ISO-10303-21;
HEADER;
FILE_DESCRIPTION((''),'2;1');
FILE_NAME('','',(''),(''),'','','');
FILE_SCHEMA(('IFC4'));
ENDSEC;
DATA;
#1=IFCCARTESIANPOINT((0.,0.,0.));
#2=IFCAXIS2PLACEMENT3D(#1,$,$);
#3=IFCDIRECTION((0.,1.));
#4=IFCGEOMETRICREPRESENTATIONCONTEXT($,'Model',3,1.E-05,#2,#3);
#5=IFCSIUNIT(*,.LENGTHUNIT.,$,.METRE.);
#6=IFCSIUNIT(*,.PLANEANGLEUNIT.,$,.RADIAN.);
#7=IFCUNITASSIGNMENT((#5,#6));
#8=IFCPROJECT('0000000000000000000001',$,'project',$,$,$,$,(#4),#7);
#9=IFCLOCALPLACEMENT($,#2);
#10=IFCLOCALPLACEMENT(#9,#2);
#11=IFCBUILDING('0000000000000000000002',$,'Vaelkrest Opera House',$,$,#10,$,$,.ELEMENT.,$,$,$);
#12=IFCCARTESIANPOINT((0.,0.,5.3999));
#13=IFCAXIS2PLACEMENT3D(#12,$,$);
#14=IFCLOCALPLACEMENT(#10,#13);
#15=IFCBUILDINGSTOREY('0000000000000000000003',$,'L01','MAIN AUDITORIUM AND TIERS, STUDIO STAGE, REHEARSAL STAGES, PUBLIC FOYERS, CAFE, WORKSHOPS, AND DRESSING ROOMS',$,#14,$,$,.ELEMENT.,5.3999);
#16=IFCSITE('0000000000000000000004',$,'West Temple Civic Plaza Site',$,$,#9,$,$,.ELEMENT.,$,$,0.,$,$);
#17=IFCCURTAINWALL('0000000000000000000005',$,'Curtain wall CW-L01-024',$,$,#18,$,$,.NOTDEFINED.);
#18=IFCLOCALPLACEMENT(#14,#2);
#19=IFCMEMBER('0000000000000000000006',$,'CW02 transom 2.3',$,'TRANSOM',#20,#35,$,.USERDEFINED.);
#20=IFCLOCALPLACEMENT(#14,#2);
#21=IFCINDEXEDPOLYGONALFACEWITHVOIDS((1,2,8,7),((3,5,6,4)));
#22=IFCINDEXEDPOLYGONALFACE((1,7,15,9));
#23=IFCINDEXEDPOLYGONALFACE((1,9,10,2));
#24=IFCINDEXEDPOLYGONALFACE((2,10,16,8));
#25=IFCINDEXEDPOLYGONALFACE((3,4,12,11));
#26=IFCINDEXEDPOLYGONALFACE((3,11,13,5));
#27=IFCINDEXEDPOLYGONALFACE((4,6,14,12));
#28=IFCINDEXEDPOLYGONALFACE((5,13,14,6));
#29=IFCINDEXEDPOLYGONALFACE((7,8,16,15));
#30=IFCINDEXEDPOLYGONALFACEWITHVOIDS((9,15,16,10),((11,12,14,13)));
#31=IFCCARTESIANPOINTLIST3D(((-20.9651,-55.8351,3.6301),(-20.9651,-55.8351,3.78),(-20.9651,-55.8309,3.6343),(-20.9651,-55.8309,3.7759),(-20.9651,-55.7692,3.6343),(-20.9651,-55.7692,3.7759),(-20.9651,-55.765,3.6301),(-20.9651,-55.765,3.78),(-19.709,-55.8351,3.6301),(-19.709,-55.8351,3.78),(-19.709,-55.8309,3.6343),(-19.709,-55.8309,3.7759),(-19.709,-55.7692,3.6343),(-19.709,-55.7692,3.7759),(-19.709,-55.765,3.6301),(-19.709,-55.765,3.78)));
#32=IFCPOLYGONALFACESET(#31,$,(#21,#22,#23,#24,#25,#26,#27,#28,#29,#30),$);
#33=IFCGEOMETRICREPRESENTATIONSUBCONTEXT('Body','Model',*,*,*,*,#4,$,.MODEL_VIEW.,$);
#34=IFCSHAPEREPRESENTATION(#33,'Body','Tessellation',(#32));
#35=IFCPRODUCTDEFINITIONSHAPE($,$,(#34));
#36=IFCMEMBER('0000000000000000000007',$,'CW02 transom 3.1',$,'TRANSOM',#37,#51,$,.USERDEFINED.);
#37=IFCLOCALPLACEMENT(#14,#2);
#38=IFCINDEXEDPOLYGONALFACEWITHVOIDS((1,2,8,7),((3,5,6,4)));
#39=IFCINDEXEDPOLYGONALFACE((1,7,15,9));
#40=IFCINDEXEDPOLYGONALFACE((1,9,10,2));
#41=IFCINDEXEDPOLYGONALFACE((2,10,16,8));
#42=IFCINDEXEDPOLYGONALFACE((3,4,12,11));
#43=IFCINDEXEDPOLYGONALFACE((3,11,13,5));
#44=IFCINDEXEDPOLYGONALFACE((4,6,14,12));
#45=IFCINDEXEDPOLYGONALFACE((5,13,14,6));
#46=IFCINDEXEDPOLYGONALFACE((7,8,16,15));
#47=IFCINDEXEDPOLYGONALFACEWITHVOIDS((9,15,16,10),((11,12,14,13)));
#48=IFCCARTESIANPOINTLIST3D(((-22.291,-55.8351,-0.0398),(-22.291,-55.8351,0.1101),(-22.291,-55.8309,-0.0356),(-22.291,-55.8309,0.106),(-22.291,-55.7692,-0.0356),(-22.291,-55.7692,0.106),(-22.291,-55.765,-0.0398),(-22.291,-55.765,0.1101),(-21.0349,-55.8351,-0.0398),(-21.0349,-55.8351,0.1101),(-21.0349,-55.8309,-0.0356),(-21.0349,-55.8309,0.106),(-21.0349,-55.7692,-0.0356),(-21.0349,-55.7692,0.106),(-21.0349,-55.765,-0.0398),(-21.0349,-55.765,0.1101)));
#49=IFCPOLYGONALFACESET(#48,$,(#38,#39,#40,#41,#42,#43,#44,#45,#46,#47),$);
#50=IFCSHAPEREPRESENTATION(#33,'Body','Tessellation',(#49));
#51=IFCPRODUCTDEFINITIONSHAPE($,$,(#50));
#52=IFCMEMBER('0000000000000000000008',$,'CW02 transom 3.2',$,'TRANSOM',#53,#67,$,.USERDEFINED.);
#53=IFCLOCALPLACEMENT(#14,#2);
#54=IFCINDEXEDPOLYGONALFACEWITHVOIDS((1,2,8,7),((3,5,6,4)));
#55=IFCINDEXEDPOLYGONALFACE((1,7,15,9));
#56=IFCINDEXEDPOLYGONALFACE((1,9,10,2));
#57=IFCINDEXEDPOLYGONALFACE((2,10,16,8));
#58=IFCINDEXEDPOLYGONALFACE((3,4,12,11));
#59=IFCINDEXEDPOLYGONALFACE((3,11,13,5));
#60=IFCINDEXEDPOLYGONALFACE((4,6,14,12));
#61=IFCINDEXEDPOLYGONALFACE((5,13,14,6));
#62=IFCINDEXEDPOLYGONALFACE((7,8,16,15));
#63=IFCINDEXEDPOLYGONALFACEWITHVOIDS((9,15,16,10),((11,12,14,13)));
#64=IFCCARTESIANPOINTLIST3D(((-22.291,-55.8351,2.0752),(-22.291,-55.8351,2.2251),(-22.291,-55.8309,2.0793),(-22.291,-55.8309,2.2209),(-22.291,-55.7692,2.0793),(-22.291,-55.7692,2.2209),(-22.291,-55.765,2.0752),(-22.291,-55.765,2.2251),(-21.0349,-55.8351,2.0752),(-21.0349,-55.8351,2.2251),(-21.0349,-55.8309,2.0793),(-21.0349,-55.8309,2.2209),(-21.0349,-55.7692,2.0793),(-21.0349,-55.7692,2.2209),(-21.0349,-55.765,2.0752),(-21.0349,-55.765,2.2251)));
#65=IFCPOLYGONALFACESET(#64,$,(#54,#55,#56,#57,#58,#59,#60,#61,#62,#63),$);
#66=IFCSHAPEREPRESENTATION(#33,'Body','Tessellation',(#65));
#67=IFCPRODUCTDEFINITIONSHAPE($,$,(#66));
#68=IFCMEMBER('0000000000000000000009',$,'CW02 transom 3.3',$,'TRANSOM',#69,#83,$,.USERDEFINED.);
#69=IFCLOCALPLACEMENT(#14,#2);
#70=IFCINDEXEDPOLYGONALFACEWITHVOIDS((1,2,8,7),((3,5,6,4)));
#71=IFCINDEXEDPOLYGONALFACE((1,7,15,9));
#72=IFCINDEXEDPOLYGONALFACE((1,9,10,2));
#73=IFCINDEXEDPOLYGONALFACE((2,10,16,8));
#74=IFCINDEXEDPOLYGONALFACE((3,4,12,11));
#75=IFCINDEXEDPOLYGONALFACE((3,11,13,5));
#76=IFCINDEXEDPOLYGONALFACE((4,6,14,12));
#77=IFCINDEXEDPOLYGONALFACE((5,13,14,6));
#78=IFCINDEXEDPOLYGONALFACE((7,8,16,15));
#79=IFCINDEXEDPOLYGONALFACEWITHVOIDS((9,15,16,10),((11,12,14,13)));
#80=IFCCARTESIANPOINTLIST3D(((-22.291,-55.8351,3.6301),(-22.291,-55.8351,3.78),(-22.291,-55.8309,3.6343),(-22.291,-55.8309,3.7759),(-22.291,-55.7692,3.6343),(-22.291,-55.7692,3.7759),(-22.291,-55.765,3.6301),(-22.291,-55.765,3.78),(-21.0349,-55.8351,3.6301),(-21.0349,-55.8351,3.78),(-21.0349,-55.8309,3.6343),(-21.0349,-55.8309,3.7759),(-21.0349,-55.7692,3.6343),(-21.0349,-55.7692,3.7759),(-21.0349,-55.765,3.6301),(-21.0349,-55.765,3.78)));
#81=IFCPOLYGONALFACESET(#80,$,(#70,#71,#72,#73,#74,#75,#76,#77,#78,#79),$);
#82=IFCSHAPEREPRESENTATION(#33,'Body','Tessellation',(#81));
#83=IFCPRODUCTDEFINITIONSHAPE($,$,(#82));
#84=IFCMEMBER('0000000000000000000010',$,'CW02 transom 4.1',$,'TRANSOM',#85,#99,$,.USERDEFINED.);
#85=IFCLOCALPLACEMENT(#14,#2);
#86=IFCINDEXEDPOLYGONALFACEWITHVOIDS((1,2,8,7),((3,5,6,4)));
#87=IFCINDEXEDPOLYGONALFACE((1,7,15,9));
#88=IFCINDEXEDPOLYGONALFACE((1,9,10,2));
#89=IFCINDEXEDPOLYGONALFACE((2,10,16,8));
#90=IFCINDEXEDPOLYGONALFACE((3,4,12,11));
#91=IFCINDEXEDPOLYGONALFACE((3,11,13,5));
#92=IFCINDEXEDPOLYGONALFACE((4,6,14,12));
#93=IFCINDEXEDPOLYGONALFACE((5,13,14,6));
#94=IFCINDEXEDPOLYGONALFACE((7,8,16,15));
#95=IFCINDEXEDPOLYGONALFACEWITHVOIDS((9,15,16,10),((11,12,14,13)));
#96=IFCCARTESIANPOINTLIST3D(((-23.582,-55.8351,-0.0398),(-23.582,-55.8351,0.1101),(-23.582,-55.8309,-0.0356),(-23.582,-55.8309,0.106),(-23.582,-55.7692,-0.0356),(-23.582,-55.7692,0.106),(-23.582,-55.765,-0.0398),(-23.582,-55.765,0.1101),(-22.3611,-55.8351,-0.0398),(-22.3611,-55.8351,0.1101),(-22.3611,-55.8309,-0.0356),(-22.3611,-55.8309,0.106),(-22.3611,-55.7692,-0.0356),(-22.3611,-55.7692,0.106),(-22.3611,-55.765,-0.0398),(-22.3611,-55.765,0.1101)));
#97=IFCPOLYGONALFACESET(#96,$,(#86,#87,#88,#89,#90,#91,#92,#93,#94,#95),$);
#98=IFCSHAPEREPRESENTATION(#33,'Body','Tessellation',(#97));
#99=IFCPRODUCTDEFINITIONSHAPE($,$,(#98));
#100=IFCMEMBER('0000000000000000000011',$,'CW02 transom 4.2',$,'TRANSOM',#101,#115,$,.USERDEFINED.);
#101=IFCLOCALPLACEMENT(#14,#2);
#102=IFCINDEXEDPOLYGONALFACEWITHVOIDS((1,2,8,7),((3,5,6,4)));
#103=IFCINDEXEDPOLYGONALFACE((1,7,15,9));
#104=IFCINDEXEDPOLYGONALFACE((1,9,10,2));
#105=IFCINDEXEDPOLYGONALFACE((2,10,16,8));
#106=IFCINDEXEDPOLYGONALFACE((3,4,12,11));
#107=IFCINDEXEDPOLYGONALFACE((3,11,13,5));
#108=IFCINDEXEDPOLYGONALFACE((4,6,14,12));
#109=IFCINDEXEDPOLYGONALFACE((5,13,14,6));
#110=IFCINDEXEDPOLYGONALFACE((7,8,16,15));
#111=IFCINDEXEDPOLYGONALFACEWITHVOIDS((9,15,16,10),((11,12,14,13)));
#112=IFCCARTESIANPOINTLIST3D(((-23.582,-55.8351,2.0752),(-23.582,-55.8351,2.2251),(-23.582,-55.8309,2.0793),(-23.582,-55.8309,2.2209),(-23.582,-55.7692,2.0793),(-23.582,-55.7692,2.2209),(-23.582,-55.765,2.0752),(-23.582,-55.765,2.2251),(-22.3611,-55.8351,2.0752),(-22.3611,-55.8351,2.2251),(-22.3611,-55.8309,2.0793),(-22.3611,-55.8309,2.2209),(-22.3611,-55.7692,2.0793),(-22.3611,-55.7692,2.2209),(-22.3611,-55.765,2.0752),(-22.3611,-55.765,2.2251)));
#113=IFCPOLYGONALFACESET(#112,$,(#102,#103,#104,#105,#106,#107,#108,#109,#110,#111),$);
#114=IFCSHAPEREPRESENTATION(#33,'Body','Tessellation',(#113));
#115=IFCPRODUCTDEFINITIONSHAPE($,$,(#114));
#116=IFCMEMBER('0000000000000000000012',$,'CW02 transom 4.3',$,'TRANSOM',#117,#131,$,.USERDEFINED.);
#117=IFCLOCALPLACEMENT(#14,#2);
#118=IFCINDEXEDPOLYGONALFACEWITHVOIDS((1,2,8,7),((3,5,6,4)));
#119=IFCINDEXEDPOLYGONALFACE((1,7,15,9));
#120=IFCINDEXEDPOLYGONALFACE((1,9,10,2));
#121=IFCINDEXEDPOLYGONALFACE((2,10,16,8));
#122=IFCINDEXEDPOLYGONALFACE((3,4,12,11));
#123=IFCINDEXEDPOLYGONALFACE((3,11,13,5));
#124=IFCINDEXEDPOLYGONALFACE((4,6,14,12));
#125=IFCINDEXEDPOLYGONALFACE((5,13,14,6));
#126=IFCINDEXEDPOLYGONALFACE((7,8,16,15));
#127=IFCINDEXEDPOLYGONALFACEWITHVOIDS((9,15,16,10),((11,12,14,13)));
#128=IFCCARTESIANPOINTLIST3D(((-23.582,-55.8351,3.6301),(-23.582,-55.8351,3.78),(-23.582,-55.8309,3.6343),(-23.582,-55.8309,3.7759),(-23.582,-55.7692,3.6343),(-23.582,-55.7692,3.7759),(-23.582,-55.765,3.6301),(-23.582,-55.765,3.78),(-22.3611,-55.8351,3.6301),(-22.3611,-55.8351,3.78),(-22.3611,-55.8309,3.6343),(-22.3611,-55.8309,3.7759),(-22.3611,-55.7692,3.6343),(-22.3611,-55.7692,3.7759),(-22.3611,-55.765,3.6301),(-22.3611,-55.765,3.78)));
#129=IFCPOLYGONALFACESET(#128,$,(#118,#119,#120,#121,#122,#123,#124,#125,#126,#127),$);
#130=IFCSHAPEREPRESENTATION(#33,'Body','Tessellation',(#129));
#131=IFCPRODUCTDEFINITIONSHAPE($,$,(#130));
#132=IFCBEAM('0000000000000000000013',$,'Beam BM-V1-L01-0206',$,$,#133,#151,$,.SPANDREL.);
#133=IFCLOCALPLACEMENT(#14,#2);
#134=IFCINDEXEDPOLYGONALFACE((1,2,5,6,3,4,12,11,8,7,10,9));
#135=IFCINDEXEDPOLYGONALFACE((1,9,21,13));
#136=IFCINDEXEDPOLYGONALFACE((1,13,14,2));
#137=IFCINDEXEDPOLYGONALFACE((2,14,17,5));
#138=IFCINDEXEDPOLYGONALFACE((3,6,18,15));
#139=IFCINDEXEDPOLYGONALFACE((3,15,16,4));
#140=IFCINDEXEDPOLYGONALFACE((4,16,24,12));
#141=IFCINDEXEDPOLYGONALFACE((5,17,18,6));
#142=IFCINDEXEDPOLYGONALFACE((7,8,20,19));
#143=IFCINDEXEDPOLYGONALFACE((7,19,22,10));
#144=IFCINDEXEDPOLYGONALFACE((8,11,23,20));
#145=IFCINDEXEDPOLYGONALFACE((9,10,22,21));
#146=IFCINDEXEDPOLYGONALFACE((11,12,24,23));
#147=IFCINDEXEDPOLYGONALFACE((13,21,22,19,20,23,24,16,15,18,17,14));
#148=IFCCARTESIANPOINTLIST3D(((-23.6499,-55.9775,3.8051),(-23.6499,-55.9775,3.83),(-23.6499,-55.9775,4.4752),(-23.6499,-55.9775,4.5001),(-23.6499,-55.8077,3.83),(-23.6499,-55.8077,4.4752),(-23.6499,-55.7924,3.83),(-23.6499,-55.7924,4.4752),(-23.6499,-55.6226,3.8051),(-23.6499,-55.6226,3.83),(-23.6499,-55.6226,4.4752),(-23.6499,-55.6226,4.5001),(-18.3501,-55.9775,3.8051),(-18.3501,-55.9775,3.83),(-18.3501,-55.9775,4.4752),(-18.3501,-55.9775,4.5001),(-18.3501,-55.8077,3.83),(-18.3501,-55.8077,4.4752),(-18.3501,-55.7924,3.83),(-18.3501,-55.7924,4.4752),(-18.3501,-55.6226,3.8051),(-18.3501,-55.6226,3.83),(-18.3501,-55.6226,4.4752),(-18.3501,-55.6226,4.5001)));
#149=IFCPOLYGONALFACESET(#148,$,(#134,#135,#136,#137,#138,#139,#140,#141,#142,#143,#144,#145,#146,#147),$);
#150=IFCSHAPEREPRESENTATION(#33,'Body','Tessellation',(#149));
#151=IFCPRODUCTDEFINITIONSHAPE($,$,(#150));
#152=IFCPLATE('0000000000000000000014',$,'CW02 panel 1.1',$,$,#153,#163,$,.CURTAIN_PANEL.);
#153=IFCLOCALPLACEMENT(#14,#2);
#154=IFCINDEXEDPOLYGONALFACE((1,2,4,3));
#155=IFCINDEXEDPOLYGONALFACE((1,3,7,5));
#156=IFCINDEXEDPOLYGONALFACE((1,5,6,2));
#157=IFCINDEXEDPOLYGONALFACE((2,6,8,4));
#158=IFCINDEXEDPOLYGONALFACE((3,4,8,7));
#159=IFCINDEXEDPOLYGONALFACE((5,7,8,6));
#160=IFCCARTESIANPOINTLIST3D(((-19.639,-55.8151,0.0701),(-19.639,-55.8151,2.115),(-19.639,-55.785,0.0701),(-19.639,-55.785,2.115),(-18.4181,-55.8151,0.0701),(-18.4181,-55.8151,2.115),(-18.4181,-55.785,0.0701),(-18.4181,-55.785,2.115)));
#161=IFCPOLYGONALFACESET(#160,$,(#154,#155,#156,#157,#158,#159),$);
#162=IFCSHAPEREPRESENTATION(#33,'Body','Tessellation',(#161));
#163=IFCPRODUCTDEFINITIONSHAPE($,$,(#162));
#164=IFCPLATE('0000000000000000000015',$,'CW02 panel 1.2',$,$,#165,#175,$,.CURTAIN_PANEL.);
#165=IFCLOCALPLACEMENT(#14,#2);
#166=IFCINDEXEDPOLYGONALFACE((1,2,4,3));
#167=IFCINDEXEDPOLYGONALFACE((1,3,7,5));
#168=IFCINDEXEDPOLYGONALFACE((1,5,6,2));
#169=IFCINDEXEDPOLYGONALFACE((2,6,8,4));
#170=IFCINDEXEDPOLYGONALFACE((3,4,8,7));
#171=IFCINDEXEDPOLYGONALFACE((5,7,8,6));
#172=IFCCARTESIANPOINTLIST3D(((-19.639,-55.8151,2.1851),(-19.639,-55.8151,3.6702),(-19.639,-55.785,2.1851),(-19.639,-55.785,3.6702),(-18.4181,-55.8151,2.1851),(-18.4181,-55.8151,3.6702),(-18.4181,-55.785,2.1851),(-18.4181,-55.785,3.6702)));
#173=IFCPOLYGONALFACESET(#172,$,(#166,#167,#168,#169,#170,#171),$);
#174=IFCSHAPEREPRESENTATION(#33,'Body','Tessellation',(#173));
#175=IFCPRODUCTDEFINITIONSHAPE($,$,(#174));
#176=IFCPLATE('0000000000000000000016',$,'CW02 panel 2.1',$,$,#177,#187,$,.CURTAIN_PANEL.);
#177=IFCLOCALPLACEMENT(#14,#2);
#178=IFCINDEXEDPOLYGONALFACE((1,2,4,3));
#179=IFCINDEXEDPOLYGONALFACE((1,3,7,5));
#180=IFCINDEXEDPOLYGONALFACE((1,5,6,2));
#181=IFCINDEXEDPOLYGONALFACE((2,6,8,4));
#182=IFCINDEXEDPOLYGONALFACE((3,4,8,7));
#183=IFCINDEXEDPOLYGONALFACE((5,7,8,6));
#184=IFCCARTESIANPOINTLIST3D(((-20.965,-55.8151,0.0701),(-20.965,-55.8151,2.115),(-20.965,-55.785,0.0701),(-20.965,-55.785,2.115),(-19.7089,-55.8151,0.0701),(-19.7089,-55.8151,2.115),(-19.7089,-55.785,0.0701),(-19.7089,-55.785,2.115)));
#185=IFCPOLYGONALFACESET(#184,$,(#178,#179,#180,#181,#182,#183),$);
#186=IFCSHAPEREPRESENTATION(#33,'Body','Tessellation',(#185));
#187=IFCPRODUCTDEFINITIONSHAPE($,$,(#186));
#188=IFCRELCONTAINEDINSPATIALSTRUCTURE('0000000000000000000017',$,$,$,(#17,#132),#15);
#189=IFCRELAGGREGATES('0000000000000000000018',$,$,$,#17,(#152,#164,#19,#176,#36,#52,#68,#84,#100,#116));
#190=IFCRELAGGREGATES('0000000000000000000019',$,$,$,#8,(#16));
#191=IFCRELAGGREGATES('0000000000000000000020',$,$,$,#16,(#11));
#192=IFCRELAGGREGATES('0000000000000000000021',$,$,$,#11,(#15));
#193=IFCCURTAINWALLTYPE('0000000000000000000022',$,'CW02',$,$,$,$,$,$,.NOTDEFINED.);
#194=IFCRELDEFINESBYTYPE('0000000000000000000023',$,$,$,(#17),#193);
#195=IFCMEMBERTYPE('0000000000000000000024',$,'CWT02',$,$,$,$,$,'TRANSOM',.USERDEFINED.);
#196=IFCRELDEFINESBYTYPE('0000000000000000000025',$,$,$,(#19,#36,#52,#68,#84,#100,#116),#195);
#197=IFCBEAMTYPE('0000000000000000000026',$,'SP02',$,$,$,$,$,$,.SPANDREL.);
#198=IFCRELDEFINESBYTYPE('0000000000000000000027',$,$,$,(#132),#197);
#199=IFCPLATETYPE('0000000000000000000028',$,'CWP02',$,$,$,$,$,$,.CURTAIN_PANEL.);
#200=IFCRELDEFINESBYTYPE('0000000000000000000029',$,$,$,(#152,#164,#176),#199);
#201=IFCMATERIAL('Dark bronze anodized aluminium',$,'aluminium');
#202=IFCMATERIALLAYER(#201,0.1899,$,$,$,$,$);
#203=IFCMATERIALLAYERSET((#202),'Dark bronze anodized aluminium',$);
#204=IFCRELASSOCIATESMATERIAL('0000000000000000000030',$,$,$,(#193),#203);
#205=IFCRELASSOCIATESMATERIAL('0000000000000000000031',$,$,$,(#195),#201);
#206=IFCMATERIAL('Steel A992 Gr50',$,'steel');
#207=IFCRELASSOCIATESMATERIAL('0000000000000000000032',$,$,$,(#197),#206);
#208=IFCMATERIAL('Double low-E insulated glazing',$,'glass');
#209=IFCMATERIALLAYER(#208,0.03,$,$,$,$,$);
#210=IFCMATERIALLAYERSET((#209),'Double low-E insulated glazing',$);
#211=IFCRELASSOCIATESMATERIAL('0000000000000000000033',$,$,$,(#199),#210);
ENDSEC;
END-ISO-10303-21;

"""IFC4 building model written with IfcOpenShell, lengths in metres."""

from ifc_helpers import new_model, si_unit, direction, frame, origin, origin_2d, place, context, subcontext, project, spatial, rectangle, hollow_rectangle, i_section, extrude, material, layer, layer_set, material_profile, profile_set, type_object, element, aggregate, save


model = new_model("IFC4")

# Units and contexts
model_context = context("Model", 3, precision=1e-05, world=origin(), true_north=direction((0.0, 1.0)))
body_context = subcontext(model_context, "Body", "Model", "MODEL_VIEW")
ifc_project = project(units=[si_unit("LENGTHUNIT", "METRE"), si_unit("PLANEANGLEUNIT", "RADIAN")], contexts=[model_context])

# Site, building, storey
site_placement = place(None, origin())
site = spatial("IfcSite", under=ifc_project, at=site_placement, Name="West Temple Civic Plaza Site", CompositionType="ELEMENT", RefElevation=0.0)
building_placement = place(site_placement, origin())
building = spatial("IfcBuilding", under=site, at=building_placement, Name="Vaelkrest Opera House", CompositionType="ELEMENT")
storey_placement = place(building_placement, frame((0.0, 0.0, 5.3999)))
storey = spatial("IfcBuildingStorey", under=building, at=storey_placement, Name="L01", Description="MAIN AUDITORIUM AND TIERS, STUDIO STAGE, REHEARSAL STAGES, PUBLIC FOYERS, CAFE, WORKSHOPS, AND DRESSING ROOMS", CompositionType="ELEMENT", Elevation=5.3999)

# Curtain wall, members
ifc_material_1 = material(Name="Dark bronze anodized aluminium", Category="aluminium")
ifc_layer_1 = layer(ifc_material_1, 0.1899)
ifc_layer_set_1 = layer_set([ifc_layer_1], Name="Dark bronze anodized aluminium")
curtain_wall_type = type_object("IfcCurtainWallType", Name="CW02", PredefinedType="NOTDEFINED", material=ifc_layer_set_1)
curtain_wall_placement = place(storey_placement, origin())
curtain_wall = element("IfcCurtainWall", 1, at=curtain_wall_placement, inside=storey, type_object=curtain_wall_type, Name="Curtain wall CW-L01-024", PredefinedType="NOTDEFINED")
ifc_material_profile_1 = material_profile(ifc_material_1, hollow_rectangle(XDim=0.0701, YDim=0.1499, WallThickness=0.0042, at=origin_2d()), Name="CWT70X150")
ifc_profile_set_1 = profile_set([ifc_material_profile_1], Name="Dark bronze anodized aluminium")
member_type_1 = type_object("IfcMemberType", Name="CWT02", ElementType="TRANSOM", PredefinedType="USERDEFINED", material=ifc_profile_set_1)
member_1_placement = place(storey_placement, frame((-19.709, -55.8, 3.7051), z_axis=(-1.0, 0.0, 0.0), x_axis=(0.0, -1.0, 0.0)))
member_1 = element("IfcMember", 2, at=member_1_placement, type_object=member_type_1, Name="CW02 transom 2.3", ObjectType="TRANSOM", PredefinedType="USERDEFINED", context=body_context, shape_type="SweptSolid", body=[
    extrude(hollow_rectangle(XDim=0.0701, YDim=0.1499, WallThickness=0.0042, at=origin_2d()), origin(), (0.0, 0.0, 1.0), 1.2561),
])
member_2_placement = place(storey_placement, frame((-21.0349, -55.8, 0.0352), z_axis=(-1.0, 0.0, 0.0), x_axis=(0.0, -1.0, 0.0)))
member_2 = element("IfcMember", 3, at=member_2_placement, type_object=member_type_1, Name="CW02 transom 3.1", ObjectType="TRANSOM", PredefinedType="USERDEFINED", context=body_context, shape_type="SweptSolid", body=[
    extrude(hollow_rectangle(XDim=0.0701, YDim=0.1499, WallThickness=0.0042, at=origin_2d()), origin(), (0.0, 0.0, 1.0), 1.2561),
])
member_3_placement = place(storey_placement, frame((-21.0349, -55.8, 2.1501), z_axis=(-1.0, 0.0, 0.0), x_axis=(0.0, -1.0, 0.0)))
member_3 = element("IfcMember", 4, at=member_3_placement, type_object=member_type_1, Name="CW02 transom 3.2", ObjectType="TRANSOM", PredefinedType="USERDEFINED", context=body_context, shape_type="SweptSolid", body=[
    extrude(hollow_rectangle(XDim=0.0701, YDim=0.1499, WallThickness=0.0042, at=origin_2d()), origin(), (0.0, 0.0, 1.0), 1.2561),
])
member_4_placement = place(storey_placement, frame((-21.0349, -55.8, 3.7051), z_axis=(-1.0, 0.0, 0.0), x_axis=(0.0, -1.0, 0.0)))
member_4 = element("IfcMember", 5, at=member_4_placement, type_object=member_type_1, Name="CW02 transom 3.3", ObjectType="TRANSOM", PredefinedType="USERDEFINED", context=body_context, shape_type="SweptSolid", body=[
    extrude(hollow_rectangle(XDim=0.0701, YDim=0.1499, WallThickness=0.0042, at=origin_2d()), origin(), (0.0, 0.0, 1.0), 1.2561),
])
member_5_placement = place(storey_placement, frame((-22.3611, -55.8, 0.0352), z_axis=(-1.0, 0.0, 0.0), x_axis=(0.0, -1.0, 0.0)))
member_5 = element("IfcMember", 6, at=member_5_placement, type_object=member_type_1, Name="CW02 transom 4.1", ObjectType="TRANSOM", PredefinedType="USERDEFINED", context=body_context, shape_type="SweptSolid", body=[
    extrude(hollow_rectangle(XDim=0.0701, YDim=0.1499, WallThickness=0.0042, at=origin_2d()), origin(), (0.0, 0.0, 1.0), 1.2209),
])
member_6_placement = place(storey_placement, frame((-22.3611, -55.8, 2.1501), z_axis=(-1.0, 0.0, 0.0), x_axis=(0.0, -1.0, 0.0)))
member_6 = element("IfcMember", 7, at=member_6_placement, type_object=member_type_1, Name="CW02 transom 4.2", ObjectType="TRANSOM", PredefinedType="USERDEFINED", context=body_context, shape_type="SweptSolid", body=[
    extrude(hollow_rectangle(XDim=0.0701, YDim=0.1499, WallThickness=0.0042, at=origin_2d()), origin(), (0.0, 0.0, 1.0), 1.2209),
])
member_7_placement = place(storey_placement, frame((-22.3611, -55.8, 3.7051), z_axis=(-1.0, 0.0, 0.0), x_axis=(0.0, -1.0, 0.0)))
member_7 = element("IfcMember", 8, at=member_7_placement, type_object=member_type_1, Name="CW02 transom 4.3", ObjectType="TRANSOM", PredefinedType="USERDEFINED", context=body_context, shape_type="SweptSolid", body=[
    extrude(hollow_rectangle(XDim=0.0701, YDim=0.1499, WallThickness=0.0042, at=origin_2d()), origin(), (0.0, 0.0, 1.0), 1.2209),
])

# Beam
ifc_material_2 = material(Name="Steel A992 Gr50", Category="steel")
ifc_material_profile_2 = material_profile(ifc_material_2, i_section(OverallWidth=0.355, OverallDepth=0.6951, WebThickness=0.0154, FlangeThickness=0.0249, at=origin_2d()), Name="W27X146")
ifc_profile_set_2 = profile_set([ifc_material_profile_2], Name="Steel A992 Gr50")
beam_type = type_object("IfcBeamType", Name="SP02", PredefinedType="SPANDREL", material=ifc_profile_set_2)
beam_placement = place(storey_placement, frame((-23.6499, -55.8, 4.1526), z_axis=(1.0, 0.0, 0.0), x_axis=(0.0, 1.0, 0.0)))
element("IfcBeam", 9, at=beam_placement, inside=storey, type_object=beam_type, Name="Beam BM-V1-L01-0206", PredefinedType="SPANDREL", context=body_context, shape_type="SweptSolid", body=[
    extrude(i_section(OverallWidth=0.355, OverallDepth=0.6951, WebThickness=0.0154, FlangeThickness=0.0249, at=origin_2d()), origin(), (0.0, 0.0, 1.0), 5.2998),
])

# Plates
ifc_material_3 = material(Name="Double low-E insulated glazing", Category="glass")
ifc_layer_2 = layer(ifc_material_3, 0.03)
ifc_layer_set_2 = layer_set([ifc_layer_2], Name="Double low-E insulated glazing")
plate_type = type_object("IfcPlateType", Name="CWP02", PredefinedType="CURTAIN_PANEL", material=ifc_layer_set_2)
plate_1_placement = place(storey_placement, frame((-19.0286, -55.8, 0.0701), z_axis=(0.0, 0.0, 1.0), x_axis=(-1.0, 0.0, 0.0)))
plate_1 = element("IfcPlate", 10, at=plate_1_placement, type_object=plate_type, Name="CW02 panel 1.1", PredefinedType="CURTAIN_PANEL", context=body_context, shape_type="SweptSolid", body=[
    extrude(rectangle(XDim=1.2209, YDim=0.03, at=origin_2d()), origin(), (0.0, 0.0, 1.0), 2.0449),
])
plate_2_placement = place(storey_placement, frame((-19.0286, -55.8, 2.1851), z_axis=(0.0, 0.0, 1.0), x_axis=(-1.0, 0.0, 0.0)))
plate_2 = element("IfcPlate", 11, at=plate_2_placement, type_object=plate_type, Name="CW02 panel 1.2", PredefinedType="CURTAIN_PANEL", context=body_context, shape_type="SweptSolid", body=[
    extrude(rectangle(XDim=1.2209, YDim=0.03, at=origin_2d()), origin(), (0.0, 0.0, 1.0), 1.4851),
])
plate_3_placement = place(storey_placement, frame((-20.3369, -55.8, 0.0701), z_axis=(0.0, 0.0, 1.0), x_axis=(-1.0, 0.0, 0.0)))
plate_3 = element("IfcPlate", 12, at=plate_3_placement, type_object=plate_type, Name="CW02 panel 2.1", PredefinedType="CURTAIN_PANEL", context=body_context, shape_type="SweptSolid", body=[
    extrude(rectangle(XDim=1.2561, YDim=0.03, at=origin_2d()), origin(), (0.0, 0.0, 1.0), 2.0449),
])
aggregate(curtain_wall, [plate_1, plate_2, member_1, plate_3, member_2, member_3, member_4, member_5, member_6, member_7])

save(model, "model.ifc")
